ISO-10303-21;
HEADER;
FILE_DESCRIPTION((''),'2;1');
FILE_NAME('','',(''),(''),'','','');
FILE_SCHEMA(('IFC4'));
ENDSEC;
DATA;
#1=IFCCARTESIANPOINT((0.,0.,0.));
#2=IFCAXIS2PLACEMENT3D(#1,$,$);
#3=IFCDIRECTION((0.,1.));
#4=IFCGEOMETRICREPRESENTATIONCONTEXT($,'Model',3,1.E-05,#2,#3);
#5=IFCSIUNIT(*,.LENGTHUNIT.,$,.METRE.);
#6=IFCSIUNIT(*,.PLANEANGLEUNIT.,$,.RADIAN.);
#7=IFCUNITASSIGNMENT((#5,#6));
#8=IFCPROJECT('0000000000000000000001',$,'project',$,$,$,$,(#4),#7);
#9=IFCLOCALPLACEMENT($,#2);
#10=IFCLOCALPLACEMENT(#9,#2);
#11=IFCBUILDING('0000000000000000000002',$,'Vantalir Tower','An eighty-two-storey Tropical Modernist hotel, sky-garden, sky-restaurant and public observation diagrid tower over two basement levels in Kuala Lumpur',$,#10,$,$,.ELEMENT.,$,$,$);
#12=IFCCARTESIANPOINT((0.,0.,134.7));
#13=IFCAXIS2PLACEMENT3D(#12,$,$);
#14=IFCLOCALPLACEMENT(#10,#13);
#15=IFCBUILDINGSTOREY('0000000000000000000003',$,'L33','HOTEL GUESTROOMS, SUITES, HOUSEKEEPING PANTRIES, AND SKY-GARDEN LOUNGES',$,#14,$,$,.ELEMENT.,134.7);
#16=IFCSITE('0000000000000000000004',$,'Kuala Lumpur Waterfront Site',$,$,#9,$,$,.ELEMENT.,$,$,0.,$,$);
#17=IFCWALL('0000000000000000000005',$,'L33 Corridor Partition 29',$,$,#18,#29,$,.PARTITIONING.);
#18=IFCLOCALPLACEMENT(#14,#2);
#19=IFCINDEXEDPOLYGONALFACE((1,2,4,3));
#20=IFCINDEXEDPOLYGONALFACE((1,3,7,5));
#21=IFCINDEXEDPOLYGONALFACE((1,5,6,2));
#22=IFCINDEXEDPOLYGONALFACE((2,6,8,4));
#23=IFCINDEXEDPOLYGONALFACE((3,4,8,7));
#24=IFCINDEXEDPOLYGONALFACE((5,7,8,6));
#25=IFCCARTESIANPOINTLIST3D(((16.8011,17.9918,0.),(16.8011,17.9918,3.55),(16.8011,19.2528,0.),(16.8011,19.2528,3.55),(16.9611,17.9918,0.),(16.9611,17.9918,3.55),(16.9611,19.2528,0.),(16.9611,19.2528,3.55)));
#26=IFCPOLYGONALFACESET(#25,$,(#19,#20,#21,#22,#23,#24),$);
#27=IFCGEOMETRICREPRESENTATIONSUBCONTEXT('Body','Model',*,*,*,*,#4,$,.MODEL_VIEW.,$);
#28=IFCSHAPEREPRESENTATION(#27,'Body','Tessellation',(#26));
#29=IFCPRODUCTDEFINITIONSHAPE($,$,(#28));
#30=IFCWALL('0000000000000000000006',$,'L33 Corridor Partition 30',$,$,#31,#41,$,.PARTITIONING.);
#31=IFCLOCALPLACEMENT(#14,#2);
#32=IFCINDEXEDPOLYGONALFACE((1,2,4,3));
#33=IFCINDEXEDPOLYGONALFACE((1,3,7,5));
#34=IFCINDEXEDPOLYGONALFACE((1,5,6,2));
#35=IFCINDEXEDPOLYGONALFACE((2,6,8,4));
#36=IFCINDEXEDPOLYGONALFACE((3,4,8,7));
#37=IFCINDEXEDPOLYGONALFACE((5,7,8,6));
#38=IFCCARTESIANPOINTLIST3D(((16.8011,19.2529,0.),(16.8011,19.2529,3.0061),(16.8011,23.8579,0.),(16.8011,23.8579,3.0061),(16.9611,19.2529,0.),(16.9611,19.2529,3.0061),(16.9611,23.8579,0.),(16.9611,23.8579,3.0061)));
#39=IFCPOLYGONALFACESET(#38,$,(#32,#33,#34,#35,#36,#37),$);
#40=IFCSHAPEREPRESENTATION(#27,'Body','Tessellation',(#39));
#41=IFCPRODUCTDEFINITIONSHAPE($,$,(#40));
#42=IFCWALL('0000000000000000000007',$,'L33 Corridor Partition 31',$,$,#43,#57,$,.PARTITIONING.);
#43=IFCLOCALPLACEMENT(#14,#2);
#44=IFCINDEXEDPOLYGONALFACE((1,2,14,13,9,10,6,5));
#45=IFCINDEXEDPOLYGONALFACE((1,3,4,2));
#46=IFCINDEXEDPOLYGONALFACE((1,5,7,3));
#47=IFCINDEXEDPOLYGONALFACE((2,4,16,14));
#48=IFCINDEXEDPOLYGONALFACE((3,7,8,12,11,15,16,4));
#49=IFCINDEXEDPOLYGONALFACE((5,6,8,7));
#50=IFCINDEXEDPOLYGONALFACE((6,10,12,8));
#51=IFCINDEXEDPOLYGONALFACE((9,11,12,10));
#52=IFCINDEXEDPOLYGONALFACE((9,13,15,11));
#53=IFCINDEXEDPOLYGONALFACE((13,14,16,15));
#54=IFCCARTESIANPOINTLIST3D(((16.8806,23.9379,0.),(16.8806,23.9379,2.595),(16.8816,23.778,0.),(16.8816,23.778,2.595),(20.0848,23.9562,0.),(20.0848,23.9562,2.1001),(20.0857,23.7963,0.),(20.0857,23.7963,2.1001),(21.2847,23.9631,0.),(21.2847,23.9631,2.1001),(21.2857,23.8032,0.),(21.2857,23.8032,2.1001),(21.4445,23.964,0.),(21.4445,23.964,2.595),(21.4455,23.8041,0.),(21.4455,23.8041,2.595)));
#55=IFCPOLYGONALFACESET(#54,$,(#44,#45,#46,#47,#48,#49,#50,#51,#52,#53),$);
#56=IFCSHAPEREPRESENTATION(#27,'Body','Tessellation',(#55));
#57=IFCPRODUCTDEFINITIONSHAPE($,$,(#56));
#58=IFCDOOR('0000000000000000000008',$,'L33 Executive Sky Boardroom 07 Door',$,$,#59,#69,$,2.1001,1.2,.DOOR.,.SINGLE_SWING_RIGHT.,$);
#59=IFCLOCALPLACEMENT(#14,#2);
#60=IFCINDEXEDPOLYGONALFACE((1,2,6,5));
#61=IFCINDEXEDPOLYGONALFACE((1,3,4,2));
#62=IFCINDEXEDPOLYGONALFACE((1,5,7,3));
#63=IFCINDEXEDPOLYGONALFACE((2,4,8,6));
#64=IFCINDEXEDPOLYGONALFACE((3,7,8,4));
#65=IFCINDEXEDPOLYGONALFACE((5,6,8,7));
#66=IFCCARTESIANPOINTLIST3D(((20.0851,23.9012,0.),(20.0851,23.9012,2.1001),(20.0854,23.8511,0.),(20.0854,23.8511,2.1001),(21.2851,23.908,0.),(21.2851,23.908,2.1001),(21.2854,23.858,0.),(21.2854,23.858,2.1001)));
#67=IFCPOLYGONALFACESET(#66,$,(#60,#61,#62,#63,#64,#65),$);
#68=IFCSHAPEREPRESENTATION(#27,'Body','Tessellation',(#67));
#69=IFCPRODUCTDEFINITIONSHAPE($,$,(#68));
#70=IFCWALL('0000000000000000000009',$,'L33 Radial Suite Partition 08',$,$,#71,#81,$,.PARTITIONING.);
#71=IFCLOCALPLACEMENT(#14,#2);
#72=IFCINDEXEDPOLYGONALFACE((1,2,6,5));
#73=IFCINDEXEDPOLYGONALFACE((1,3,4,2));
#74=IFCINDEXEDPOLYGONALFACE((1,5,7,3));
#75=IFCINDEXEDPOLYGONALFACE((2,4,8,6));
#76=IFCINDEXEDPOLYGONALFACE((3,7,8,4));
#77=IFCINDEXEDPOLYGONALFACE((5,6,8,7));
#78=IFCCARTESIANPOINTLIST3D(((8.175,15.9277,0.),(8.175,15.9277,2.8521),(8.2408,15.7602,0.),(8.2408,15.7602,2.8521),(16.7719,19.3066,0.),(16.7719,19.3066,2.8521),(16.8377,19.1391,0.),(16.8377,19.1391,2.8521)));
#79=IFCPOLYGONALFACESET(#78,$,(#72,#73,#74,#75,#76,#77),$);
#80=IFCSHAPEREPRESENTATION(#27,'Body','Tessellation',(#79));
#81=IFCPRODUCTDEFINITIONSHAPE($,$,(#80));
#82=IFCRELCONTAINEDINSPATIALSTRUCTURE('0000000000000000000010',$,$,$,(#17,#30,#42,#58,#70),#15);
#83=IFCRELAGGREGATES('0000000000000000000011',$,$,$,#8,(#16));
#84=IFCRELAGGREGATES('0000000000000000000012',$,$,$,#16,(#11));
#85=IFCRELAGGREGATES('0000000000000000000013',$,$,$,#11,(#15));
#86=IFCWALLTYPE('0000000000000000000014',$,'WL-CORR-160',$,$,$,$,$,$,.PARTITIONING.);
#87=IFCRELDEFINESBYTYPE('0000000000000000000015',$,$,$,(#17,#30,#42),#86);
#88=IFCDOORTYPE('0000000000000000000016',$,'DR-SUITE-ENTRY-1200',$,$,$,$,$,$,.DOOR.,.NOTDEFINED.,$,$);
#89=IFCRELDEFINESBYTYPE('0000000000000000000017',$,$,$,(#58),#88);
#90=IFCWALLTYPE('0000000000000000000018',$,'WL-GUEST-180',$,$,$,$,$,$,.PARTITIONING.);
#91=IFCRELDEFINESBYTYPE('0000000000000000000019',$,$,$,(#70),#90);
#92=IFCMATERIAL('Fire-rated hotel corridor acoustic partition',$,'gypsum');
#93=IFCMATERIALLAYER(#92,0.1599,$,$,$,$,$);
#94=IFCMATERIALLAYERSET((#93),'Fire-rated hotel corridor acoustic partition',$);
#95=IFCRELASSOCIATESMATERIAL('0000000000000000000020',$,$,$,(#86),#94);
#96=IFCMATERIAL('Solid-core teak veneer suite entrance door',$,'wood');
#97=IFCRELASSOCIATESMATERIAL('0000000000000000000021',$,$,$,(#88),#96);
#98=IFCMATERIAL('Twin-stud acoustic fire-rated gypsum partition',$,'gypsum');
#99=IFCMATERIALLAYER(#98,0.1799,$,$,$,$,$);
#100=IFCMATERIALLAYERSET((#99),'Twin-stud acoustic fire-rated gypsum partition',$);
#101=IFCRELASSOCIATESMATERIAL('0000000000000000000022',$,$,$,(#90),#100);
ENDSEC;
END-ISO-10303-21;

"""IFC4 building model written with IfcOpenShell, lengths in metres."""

from ifc_helpers import new_model, si_unit, direction, frame, frame_2d, origin, place, context, subcontext, project, spatial, rectangle, extrude, material, layer, layer_set, type_object, element, fill, save


model = new_model("IFC4")

# Units and contexts
model_context = context("Model", 3, precision=1e-05, world=origin(), true_north=direction((0.0, 1.0)))
body_context = subcontext(model_context, "Body", "Model", "MODEL_VIEW")
ifc_project = project(units=[si_unit("LENGTHUNIT", "METRE"), si_unit("PLANEANGLEUNIT", "RADIAN")], contexts=[model_context])

# Site, building, storey
site_placement = place(None, origin())
site = spatial("IfcSite", under=ifc_project, at=site_placement, Name="Kuala Lumpur Waterfront Site", CompositionType="ELEMENT", RefElevation=0.0)
building_placement = place(site_placement, origin())
building = spatial("IfcBuilding", under=site, at=building_placement, Name="Vantalir Tower", Description="An eighty-two-storey Tropical Modernist hotel, sky-garden, sky-restaurant and public observation diagrid tower over two basement levels in Kuala Lumpur", CompositionType="ELEMENT")
storey_placement = place(building_placement, frame((0.0, 0.0, 134.7)))
storey = spatial("IfcBuildingStorey", under=building, at=storey_placement, Name="L33", Description="HOTEL GUESTROOMS, SUITES, HOUSEKEEPING PANTRIES, AND SKY-GARDEN LOUNGES", CompositionType="ELEMENT", Elevation=134.7)

# Walls
ifc_material_1 = material(Name="Fire-rated hotel corridor acoustic partition", Category="gypsum")
ifc_layer_1 = layer(ifc_material_1, 0.1599)
ifc_layer_set_1 = layer_set([ifc_layer_1], Name="Fire-rated hotel corridor acoustic partition")
wall_type_1 = type_object("IfcWallType", Name="WL-CORR-160", PredefinedType="PARTITIONING", material=ifc_layer_set_1)
wall_1_placement = place(storey_placement, frame((16.8811, 17.9919, 0.0), z_axis=(0.0, 0.0, 1.0), x_axis=(0.0, 1.0, 0.0)))
element("IfcWall", 1, at=wall_1_placement, inside=storey, type_object=wall_type_1, Name="L33 Corridor Partition 29", PredefinedType="PARTITIONING", context=body_context, shape_type="SweptSolid", body=[
    extrude(rectangle(XDim=1.261, YDim=0.1599, at=frame_2d((0.6304, 0.0))), origin(), (0.0, 0.0, 1.0), 3.55),
])
wall_2_placement = place(storey_placement, frame((16.8811, 19.2529, 0.0), z_axis=(0.0, 0.0, 1.0), x_axis=(0.0, 1.0, 0.0)))
element("IfcWall", 2, at=wall_2_placement, inside=storey, type_object=wall_type_1, Name="L33 Corridor Partition 30", PredefinedType="PARTITIONING", context=body_context, shape_type="SweptSolid", body=[
    extrude(rectangle(XDim=4.605, YDim=0.1599, at=frame_2d((2.3025, 0.0))), origin(), (0.0, 0.0, 1.0), 3.0061),
])

# Wall, opening, door
wall_3_placement = place(storey_placement, frame((16.8811, 23.8579, 0.0), z_axis=(0.0, 0.0, 1.0), x_axis=(0.999984, 0.005724, 0.0)))
wall_3 = element("IfcWall", 3, at=wall_3_placement, inside=storey, type_object=wall_type_1, Name="L33 Corridor Partition 31", PredefinedType="PARTITIONING", context=body_context, shape_type="SweptSolid", body=[
    extrude(rectangle(XDim=4.564, YDim=0.1599, at=frame_2d((2.282, 0.0))), origin(), (0.0, 0.0, 1.0), 2.595),
])
opening_placement = place(wall_3_placement, frame((3.2041, 0.0, 0.0)))
opening = element("IfcOpeningElement", 4, at=opening_placement, cuts=wall_3, PredefinedType="OPENING", context=body_context, shape_type="SweptSolid", body=[
    extrude(rectangle(XDim=1.2, YDim=2.1001, at=frame_2d((0.6001, 1.05))), frame((0.0, 0.0898, 0.0), z_axis=(0.0, -1.0, 0.0), x_axis=(1.0, 0.0, 0.0)), (0.0, 0.0, 1.0), 0.1799),
])
ifc_material_2 = material(Name="Solid-core teak veneer suite entrance door", Category="wood")
door_type = type_object("IfcDoorType", Name="DR-SUITE-ENTRY-1200", OperationType="NOTDEFINED", PredefinedType="DOOR", material=ifc_material_2)
door_placement = place(opening_placement, origin())
door = element("IfcDoor", 5, at=door_placement, inside=storey, type_object=door_type, Name="L33 Executive Sky Boardroom 07 Door", OperationType="SINGLE_SWING_RIGHT", OverallHeight=2.1001, OverallWidth=1.2, PredefinedType="DOOR", context=body_context, shape_type="SweptSolid", body=[
    extrude(rectangle(XDim=1.2, YDim=2.1001, at=frame_2d((0.6001, 1.05))), frame((0.0, 0.0249, 0.0), z_axis=(0.0, -1.0, 0.0), x_axis=(1.0, 0.0, 0.0)), (0.0, 0.0, 1.0), 0.05),
])
fill(opening, door)

# Wall
ifc_material_3 = material(Name="Twin-stud acoustic fire-rated gypsum partition", Category="gypsum")
ifc_layer_2 = layer(ifc_material_3, 0.1799)
ifc_layer_set_2 = layer_set([ifc_layer_2], Name="Twin-stud acoustic fire-rated gypsum partition")
wall_type_2 = type_object("IfcWallType", Name="WL-GUEST-180", PredefinedType="PARTITIONING", material=ifc_layer_set_2)
wall_4_placement = place(storey_placement, frame((16.8049, 19.2229, 0.0), z_axis=(0.0, 0.0, 1.0), x_axis=(-0.930695, -0.365797, 0.0)))
element("IfcWall", 6, at=wall_4_placement, inside=storey, type_object=wall_type_2, Name="L33 Radial Suite Partition 08", PredefinedType="PARTITIONING", context=body_context, shape_type="SweptSolid", body=[
    extrude(rectangle(XDim=9.2371, YDim=0.1799, at=frame_2d((4.6187, 0.0))), origin(), (0.0, 0.0, 1.0), 2.8521),
])

save(model, "model.ifc")
